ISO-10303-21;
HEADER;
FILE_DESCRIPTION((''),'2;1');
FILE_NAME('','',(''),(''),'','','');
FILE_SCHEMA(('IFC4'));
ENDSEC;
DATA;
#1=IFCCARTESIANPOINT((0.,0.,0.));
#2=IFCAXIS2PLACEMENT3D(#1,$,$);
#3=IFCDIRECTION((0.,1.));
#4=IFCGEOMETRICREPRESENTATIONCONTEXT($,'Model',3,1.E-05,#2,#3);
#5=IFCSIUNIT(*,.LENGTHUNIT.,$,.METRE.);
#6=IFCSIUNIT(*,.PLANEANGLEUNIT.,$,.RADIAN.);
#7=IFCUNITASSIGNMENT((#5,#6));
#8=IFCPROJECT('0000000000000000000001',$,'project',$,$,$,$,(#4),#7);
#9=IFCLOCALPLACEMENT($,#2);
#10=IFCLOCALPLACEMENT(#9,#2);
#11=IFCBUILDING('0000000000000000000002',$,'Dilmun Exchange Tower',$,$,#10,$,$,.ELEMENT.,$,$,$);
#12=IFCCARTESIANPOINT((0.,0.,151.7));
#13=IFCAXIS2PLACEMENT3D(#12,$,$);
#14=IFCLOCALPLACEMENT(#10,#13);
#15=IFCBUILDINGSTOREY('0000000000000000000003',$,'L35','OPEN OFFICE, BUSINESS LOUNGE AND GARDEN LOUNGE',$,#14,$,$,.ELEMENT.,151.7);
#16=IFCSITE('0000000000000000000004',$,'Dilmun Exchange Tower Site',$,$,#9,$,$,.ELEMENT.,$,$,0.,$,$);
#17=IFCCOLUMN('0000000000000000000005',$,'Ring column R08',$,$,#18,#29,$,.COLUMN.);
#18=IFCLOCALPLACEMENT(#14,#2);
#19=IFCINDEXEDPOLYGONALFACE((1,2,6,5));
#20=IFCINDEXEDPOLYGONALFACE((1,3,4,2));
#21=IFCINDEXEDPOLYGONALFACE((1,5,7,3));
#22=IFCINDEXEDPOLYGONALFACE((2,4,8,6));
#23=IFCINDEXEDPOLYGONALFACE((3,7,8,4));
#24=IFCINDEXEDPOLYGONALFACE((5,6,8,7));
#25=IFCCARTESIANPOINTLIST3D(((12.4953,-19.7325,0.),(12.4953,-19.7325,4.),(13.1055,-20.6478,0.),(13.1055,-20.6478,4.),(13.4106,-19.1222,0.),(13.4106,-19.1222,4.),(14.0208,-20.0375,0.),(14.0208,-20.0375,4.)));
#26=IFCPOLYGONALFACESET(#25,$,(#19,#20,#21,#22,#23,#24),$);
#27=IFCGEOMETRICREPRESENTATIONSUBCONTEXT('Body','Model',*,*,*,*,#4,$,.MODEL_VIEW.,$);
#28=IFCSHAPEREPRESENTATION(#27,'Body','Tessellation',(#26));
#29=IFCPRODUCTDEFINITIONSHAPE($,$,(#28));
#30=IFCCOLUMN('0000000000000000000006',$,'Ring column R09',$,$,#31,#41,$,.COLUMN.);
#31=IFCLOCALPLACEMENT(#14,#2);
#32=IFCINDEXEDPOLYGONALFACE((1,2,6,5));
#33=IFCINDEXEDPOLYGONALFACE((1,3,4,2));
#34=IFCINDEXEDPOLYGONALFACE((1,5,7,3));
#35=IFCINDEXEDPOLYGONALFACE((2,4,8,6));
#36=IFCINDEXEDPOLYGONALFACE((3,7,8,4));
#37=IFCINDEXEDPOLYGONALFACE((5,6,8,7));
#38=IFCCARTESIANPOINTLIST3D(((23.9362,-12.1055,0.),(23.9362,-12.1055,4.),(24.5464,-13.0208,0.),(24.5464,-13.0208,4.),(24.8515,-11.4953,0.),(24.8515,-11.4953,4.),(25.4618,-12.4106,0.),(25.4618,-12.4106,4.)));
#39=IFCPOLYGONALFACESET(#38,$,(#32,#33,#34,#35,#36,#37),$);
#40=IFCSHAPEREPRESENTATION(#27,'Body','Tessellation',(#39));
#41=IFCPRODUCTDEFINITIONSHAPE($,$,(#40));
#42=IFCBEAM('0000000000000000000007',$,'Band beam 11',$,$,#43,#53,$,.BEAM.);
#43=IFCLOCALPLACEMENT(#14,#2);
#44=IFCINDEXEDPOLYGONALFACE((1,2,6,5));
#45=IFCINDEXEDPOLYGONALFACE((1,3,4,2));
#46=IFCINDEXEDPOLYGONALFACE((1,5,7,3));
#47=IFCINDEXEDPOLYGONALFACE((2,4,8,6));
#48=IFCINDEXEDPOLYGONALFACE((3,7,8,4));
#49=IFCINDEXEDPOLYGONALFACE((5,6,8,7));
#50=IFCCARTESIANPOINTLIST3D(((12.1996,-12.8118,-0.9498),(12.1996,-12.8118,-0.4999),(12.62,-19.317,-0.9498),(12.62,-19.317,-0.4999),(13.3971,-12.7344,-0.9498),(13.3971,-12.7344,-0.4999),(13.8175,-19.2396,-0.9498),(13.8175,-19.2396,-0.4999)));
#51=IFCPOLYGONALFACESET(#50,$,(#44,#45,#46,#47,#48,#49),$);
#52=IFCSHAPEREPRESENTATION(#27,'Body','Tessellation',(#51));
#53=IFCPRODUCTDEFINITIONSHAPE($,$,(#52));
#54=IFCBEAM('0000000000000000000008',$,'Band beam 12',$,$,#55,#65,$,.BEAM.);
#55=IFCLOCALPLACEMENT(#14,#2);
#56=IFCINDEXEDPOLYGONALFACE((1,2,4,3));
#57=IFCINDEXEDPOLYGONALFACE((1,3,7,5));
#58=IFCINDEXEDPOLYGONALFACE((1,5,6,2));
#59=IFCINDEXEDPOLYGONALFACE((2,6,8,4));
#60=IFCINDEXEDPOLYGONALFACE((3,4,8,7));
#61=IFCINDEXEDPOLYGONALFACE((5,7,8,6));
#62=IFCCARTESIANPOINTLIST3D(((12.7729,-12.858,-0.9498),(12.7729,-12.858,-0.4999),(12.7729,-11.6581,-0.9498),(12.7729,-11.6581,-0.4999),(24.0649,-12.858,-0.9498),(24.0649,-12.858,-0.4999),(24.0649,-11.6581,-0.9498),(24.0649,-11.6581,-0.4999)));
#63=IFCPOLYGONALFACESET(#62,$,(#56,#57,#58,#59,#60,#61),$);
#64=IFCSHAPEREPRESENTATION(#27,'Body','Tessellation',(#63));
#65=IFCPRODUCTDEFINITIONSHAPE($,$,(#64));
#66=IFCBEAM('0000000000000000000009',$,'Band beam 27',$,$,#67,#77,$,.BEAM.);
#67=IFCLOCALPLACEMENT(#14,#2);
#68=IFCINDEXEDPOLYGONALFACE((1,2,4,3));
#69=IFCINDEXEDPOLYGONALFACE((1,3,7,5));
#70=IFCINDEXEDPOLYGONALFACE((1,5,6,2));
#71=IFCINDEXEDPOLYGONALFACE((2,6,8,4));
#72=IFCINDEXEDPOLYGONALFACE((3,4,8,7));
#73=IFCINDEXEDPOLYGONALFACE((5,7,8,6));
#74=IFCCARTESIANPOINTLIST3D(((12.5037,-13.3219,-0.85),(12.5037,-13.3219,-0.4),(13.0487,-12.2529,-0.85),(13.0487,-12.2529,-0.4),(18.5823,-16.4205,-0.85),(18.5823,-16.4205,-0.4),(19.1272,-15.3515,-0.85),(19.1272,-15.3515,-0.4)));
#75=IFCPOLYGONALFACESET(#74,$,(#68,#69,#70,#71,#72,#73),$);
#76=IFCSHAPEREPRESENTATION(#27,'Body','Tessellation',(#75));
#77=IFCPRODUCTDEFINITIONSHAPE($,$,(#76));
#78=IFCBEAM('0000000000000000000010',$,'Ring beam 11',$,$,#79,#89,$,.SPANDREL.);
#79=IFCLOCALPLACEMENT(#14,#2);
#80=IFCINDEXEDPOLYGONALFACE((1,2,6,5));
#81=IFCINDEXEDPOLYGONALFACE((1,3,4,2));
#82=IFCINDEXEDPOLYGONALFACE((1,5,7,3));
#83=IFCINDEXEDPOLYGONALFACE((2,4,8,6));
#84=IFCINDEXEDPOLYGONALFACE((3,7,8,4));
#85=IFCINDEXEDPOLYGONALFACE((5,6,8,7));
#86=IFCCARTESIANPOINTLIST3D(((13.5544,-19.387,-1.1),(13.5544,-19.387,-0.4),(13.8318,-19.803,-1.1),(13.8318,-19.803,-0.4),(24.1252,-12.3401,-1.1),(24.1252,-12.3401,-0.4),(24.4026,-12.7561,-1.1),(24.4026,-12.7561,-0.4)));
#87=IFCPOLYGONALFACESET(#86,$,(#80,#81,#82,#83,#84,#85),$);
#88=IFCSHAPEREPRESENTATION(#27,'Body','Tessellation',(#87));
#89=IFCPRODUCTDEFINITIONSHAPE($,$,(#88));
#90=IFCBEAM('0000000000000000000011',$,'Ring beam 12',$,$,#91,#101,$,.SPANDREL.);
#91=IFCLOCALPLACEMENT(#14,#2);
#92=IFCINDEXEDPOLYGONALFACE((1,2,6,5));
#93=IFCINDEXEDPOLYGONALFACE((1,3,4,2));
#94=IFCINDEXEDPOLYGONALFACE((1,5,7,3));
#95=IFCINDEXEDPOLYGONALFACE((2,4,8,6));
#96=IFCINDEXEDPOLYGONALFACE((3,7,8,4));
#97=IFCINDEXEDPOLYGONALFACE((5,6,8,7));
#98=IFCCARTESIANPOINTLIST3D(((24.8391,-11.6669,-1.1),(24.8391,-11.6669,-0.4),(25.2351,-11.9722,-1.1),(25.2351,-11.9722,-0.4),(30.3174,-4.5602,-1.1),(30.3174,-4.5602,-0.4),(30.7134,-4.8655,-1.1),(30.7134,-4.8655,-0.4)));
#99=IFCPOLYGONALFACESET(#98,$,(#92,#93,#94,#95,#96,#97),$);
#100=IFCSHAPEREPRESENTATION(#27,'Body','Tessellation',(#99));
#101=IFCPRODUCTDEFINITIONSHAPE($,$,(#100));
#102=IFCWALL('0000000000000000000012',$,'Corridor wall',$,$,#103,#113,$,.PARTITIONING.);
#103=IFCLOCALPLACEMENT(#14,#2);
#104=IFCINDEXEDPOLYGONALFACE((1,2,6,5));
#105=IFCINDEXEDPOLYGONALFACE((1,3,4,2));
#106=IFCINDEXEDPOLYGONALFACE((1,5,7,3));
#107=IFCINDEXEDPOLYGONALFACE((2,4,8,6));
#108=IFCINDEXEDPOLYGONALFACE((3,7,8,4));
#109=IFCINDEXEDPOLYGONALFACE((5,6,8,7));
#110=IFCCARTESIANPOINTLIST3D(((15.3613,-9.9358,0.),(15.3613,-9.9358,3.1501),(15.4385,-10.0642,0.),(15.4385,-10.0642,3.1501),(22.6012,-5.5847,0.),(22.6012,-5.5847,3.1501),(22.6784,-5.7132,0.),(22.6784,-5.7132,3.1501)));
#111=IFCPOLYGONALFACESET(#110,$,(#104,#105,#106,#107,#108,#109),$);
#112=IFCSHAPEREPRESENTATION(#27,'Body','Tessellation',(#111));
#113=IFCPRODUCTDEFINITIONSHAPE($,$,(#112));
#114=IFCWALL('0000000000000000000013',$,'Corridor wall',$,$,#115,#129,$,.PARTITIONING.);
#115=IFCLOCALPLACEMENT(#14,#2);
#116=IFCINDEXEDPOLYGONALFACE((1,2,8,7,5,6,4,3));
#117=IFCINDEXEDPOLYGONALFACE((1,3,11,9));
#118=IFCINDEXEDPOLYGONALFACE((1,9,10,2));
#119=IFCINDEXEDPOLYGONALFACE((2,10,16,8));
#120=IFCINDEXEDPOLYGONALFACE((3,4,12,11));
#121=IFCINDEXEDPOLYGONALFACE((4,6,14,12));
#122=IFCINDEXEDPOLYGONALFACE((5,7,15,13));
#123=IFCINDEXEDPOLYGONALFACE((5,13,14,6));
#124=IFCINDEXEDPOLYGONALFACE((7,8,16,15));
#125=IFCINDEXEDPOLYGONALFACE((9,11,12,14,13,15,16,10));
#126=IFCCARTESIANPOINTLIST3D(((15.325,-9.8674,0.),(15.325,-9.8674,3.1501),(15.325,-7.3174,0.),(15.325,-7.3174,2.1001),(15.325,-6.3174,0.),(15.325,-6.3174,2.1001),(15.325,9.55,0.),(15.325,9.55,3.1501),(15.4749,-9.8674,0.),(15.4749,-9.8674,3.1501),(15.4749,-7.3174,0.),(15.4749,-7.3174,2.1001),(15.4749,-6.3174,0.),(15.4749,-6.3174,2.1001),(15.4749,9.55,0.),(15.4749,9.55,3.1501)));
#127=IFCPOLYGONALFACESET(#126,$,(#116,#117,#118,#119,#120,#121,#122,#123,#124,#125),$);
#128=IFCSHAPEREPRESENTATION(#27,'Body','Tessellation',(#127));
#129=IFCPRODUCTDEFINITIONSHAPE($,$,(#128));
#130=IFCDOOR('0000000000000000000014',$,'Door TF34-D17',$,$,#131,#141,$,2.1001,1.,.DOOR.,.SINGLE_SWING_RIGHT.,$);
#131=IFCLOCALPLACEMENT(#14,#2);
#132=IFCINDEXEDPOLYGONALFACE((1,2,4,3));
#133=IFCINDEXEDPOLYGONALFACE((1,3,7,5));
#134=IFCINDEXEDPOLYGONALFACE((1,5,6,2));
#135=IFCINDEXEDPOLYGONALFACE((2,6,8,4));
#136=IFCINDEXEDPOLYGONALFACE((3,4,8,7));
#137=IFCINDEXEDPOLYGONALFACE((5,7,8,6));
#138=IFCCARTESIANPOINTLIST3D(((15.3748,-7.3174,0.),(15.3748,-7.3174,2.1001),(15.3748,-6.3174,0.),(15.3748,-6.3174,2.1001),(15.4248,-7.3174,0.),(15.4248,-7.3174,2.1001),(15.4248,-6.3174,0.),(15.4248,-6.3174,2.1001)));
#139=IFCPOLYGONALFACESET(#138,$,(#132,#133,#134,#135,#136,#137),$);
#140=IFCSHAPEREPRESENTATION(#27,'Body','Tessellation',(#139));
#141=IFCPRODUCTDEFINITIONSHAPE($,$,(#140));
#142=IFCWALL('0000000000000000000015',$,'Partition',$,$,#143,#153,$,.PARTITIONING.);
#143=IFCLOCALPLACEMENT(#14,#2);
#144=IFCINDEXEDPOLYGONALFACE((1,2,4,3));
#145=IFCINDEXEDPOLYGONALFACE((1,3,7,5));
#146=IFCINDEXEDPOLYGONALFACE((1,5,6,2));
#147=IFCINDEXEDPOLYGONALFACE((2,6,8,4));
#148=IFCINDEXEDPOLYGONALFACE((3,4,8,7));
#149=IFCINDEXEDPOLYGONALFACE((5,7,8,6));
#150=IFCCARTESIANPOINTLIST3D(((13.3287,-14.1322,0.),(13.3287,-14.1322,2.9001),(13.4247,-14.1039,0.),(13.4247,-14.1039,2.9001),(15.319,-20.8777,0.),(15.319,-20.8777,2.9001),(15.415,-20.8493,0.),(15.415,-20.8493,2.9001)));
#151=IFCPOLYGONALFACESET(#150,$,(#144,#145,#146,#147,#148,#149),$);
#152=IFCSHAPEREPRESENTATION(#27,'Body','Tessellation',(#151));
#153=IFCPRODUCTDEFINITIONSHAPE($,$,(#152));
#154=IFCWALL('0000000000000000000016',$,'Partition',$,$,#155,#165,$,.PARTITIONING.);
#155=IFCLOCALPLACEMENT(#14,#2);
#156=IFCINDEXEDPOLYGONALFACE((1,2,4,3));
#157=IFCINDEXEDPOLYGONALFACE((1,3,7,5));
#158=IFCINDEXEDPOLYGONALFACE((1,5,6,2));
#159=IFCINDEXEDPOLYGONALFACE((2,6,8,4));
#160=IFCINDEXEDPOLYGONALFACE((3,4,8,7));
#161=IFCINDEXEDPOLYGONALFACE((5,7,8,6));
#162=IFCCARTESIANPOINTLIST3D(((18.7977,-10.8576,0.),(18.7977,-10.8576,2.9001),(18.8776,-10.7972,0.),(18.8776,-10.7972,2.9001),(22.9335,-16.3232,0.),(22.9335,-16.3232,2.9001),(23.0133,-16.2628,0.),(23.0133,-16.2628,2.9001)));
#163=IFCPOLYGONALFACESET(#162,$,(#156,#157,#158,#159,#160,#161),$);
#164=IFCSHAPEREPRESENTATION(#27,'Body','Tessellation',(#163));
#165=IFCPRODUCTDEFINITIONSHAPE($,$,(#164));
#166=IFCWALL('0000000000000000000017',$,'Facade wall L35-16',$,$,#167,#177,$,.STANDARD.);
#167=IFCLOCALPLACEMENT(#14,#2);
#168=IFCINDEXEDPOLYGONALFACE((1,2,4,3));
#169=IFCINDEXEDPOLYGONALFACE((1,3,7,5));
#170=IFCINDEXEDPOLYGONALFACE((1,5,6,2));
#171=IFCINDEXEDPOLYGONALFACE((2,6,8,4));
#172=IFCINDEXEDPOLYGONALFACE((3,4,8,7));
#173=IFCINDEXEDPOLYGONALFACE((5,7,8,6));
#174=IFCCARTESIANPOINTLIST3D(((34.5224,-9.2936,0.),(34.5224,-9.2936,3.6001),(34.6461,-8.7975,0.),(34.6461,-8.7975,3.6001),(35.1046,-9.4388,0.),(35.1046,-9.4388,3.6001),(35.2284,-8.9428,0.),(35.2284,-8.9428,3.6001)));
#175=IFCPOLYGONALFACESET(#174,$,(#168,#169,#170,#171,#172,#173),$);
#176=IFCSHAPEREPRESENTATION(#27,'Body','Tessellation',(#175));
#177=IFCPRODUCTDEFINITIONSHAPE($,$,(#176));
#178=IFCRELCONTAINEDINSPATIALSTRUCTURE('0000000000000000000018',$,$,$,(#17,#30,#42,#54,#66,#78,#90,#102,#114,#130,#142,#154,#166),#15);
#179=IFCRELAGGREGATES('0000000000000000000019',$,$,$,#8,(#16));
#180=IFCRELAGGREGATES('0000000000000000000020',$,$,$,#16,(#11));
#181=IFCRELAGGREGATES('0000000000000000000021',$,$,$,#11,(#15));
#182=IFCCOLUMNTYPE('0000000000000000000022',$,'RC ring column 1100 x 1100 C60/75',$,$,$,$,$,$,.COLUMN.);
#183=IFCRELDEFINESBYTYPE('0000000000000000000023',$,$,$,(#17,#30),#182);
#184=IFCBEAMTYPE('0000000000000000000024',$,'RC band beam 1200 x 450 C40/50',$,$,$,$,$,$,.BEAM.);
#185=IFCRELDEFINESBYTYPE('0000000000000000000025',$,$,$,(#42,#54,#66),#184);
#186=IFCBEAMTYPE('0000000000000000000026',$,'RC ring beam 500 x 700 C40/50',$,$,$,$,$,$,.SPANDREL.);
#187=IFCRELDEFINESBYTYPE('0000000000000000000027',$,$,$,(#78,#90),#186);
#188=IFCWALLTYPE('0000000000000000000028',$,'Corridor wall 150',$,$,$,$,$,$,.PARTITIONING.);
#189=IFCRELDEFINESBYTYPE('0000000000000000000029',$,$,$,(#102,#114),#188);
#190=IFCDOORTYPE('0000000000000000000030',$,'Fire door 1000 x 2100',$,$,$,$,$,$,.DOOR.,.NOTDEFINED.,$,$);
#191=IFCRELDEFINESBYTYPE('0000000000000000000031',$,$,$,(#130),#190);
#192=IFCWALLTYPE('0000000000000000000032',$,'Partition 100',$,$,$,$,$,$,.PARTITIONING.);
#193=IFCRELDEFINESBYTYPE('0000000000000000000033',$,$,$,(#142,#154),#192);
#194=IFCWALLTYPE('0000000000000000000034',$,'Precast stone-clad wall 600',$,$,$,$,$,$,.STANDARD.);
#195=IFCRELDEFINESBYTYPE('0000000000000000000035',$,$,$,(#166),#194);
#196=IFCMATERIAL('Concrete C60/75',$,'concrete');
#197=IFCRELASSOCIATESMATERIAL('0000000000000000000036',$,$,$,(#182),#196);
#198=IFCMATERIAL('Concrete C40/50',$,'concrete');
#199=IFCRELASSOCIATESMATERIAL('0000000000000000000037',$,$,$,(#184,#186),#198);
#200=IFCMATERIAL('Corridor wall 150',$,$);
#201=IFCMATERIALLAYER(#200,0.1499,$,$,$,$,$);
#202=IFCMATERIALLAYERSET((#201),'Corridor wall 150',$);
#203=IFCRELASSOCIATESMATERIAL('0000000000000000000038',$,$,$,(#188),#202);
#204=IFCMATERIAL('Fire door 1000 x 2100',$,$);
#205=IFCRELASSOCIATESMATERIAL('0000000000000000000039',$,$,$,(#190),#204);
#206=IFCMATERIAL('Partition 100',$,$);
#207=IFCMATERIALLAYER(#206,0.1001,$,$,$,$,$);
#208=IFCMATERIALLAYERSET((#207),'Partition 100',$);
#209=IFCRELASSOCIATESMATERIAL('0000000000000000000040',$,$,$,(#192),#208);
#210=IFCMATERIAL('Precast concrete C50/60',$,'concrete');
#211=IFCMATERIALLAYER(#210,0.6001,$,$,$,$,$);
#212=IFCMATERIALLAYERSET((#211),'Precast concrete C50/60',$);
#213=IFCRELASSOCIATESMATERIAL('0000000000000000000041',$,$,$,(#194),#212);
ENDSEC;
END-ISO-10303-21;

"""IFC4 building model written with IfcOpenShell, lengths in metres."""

from ifc_helpers import new_model, si_unit, direction, frame, frame_2d, origin, origin_2d, place, context, subcontext, project, spatial, rectangle, extrude, material, layer, layer_set, material_profile, profile_set, type_object, element, fill, save


model = new_model("IFC4")

# Units and contexts
model_context = context("Model", 3, precision=1e-05, world=origin(), true_north=direction((0.0, 1.0)))
body_context = subcontext(model_context, "Body", "Model", "MODEL_VIEW")
ifc_project = project(units=[si_unit("LENGTHUNIT", "METRE"), si_unit("PLANEANGLEUNIT", "RADIAN")], contexts=[model_context])

# Site, building, storey
site_placement = place(None, origin())
site = spatial("IfcSite", under=ifc_project, at=site_placement, Name="Dilmun Exchange Tower Site", CompositionType="ELEMENT", RefElevation=0.0)
building_placement = place(site_placement, origin())
building = spatial("IfcBuilding", under=site, at=building_placement, Name="Dilmun Exchange Tower", CompositionType="ELEMENT")
storey_placement = place(building_placement, frame((0.0, 0.0, 151.7)))
storey = spatial("IfcBuildingStorey", under=building, at=storey_placement, Name="L35", Description="OPEN OFFICE, BUSINESS LOUNGE AND GARDEN LOUNGE", CompositionType="ELEMENT", Elevation=151.7)

# Columns
ifc_material_1 = material(Name="Concrete C60/75", Category="concrete")
ifc_material_profile_1 = material_profile(ifc_material_1, rectangle(XDim=1.1001, YDim=1.1001, at=origin_2d()), Name="1100 x 1100")
ifc_profile_set_1 = profile_set([ifc_material_profile_1], Name="Concrete C60/75")
column_type = type_object("IfcColumnType", Name="RC ring column 1100 x 1100 C60/75", PredefinedType="COLUMN", material=ifc_profile_set_1)
for number, where, z_axis, x_axis, name in (
    (1, (13.2581, -19.885, 0.0), (0.0, 0.0, 1.0), (0.832029, 0.554733, 0.0), "Ring column R08"),
    (2, (24.699, -12.2581, 0.0), (0.0, 0.0, 1.0), (0.832029, 0.554733, 0.0), "Ring column R09"),
):
    element("IfcColumn", number, at=place(storey_placement, frame(where, z_axis=z_axis, x_axis=x_axis)), inside=storey, type_object=column_type, Name=name, PredefinedType="COLUMN", context=body_context, shape_type="SweptSolid", body=[
        extrude(rectangle(XDim=1.1001, YDim=1.1001, at=origin_2d()), origin(), (0.0, 0.0, 1.0), 4.0),
    ])

# Beams
ifc_material_2 = material(Name="Concrete C40/50", Category="concrete")
ifc_material_profile_2 = material_profile(ifc_material_2, rectangle(XDim=1.2, YDim=0.45, at=origin_2d()), Name="1200 x 450")
ifc_profile_set_2 = profile_set([ifc_material_profile_2], Name="Concrete C40/50")
beam_type_1 = type_object("IfcBeamType", Name="RC band beam 1200 x 450 C40/50", PredefinedType="BEAM", material=ifc_profile_set_2)
beam_1_placement = place(storey_placement, frame((13.2188, -19.2783, -0.7249), z_axis=(-0.064493, 0.997918, 0.0), x_axis=(-0.997918, -0.064493, 0.0)))
element("IfcBeam", 3, at=beam_1_placement, inside=storey, type_object=beam_type_1, Name="Band beam 11", PredefinedType="BEAM", context=body_context, shape_type="SweptSolid", body=[
    extrude(rectangle(XDim=1.2, YDim=0.45, at=origin_2d()), origin(), (0.0, 0.0, 1.0), 6.5188),
])
beam_2_placement = place(storey_placement, frame((24.0649, -12.2581, -0.7249), z_axis=(-1.0, 0.0, 0.0), x_axis=(0.0, -1.0, 0.0)))
element("IfcBeam", 4, at=beam_2_placement, inside=storey, type_object=beam_type_1, Name="Band beam 12", PredefinedType="BEAM", context=body_context, shape_type="SweptSolid", body=[
    extrude(rectangle(XDim=1.2, YDim=0.45, at=origin_2d()), origin(), (0.0, 0.0, 1.0), 11.292),
])
beam_3_placement = place(storey_placement, frame((18.8547, -15.886, -0.625), z_axis=(-0.890922, 0.454156, 0.0), x_axis=(-0.454156, -0.890922, 0.0)))
element("IfcBeam", 5, at=beam_3_placement, inside=storey, type_object=beam_type_1, Name="Band beam 27", PredefinedType="BEAM", context=body_context, shape_type="SweptSolid", body=[
    extrude(rectangle(XDim=1.2, YDim=0.45, at=origin_2d()), origin(), (0.0, 0.0, 1.0), 6.8228),
])
ifc_material_profile_3 = material_profile(ifc_material_2, rectangle(XDim=0.5, YDim=0.7, at=origin_2d()), Name="500 x 700")
ifc_profile_set_3 = profile_set([ifc_material_profile_3], Name="Concrete C40/50")
beam_type_2 = type_object("IfcBeamType", Name="RC ring beam 500 x 700 C40/50", PredefinedType="SPANDREL", material=ifc_profile_set_3)
beam_4_placement = place(storey_placement, frame((13.6931, -19.595, -0.75), z_axis=(0.832062, 0.554682, 0.0), x_axis=(-0.554682, 0.832062, 0.0)))
element("IfcBeam", 6, at=beam_4_placement, inside=storey, type_object=beam_type_2, Name="Ring beam 11", PredefinedType="SPANDREL", context=body_context, shape_type="SweptSolid", body=[
    extrude(rectangle(XDim=0.5, YDim=0.7, at=origin_2d()), origin(), (0.0, 0.0, 1.0), 12.7043),
])
beam_5_placement = place(storey_placement, frame((25.0371, -11.8196, -0.75), z_axis=(0.610522, 0.792, 0.0), x_axis=(-0.792, 0.610522, 0.0)))
element("IfcBeam", 7, at=beam_5_placement, inside=storey, type_object=beam_type_2, Name="Ring beam 12", PredefinedType="SPANDREL", context=body_context, shape_type="SweptSolid", body=[
    extrude(rectangle(XDim=0.5, YDim=0.7, at=origin_2d()), origin(), (0.0, 0.0, 1.0), 8.9731),
])

# Wall
ifc_material_3 = material(Name="Corridor wall 150")
ifc_layer_1 = layer(ifc_material_3, 0.1499)
ifc_layer_set_1 = layer_set([ifc_layer_1], Name="Corridor wall 150")
wall_type_1 = type_object("IfcWallType", Name="Corridor wall 150", PredefinedType="PARTITIONING", material=ifc_layer_set_1)
wall_1_placement = place(storey_placement, frame((15.3999, -10.0, 0.0), z_axis=(0.0, 0.0, 1.0), x_axis=(0.857123, 0.515112, 0.0)))
element("IfcWall", 8, at=wall_1_placement, inside=storey, type_object=wall_type_1, Name="Corridor wall", PredefinedType="PARTITIONING", context=body_context, shape_type="SweptSolid", body=[
    extrude(rectangle(XDim=8.4468, YDim=0.1499, at=frame_2d((4.2234, 0.0))), origin(), (0.0, 0.0, 1.0), 3.1501),
])

# Wall, opening, door
wall_2_placement = place(storey_placement, frame((15.3999, -9.8674, 0.0), z_axis=(0.0, 0.0, 1.0), x_axis=(0.0, 1.0, 0.0)))
wall_2 = element("IfcWall", 9, at=wall_2_placement, inside=storey, type_object=wall_type_1, Name="Corridor wall", PredefinedType="PARTITIONING", context=body_context, shape_type="SweptSolid", body=[
    extrude(rectangle(XDim=19.4175, YDim=0.1499, at=frame_2d((9.7087, 0.0))), origin(), (0.0, 0.0, 1.0), 3.1501),
])
opening_1_placement = place(wall_2_placement, frame((2.55, 0.0, 0.0)))
opening_1 = element("IfcOpeningElement", 10, at=opening_1_placement, cuts=wall_2, PredefinedType="OPENING", context=body_context, shape_type="SweptSolid", body=[
    extrude(rectangle(XDim=1.0, YDim=2.1001, at=frame_2d((0.5, 1.05))), frame((0.0, 0.085, 0.0), z_axis=(0.0, -1.0, 0.0), x_axis=(1.0, 0.0, 0.0)), (0.0, 0.0, 1.0), 0.1699),
])
ifc_material_4 = material(Name="Fire door 1000 x 2100")
door_type_1 = type_object("IfcDoorType", Name="Fire door 1000 x 2100", OperationType="NOTDEFINED", PredefinedType="DOOR", material=ifc_material_4)
door_1_placement = place(opening_1_placement, frame((1.0, 0.0, 0.0), z_axis=(0.0, 0.0, 1.0), x_axis=(-1.0, 0.0, 0.0)))
door_1 = element("IfcDoor", 11, at=door_1_placement, inside=storey, type_object=door_type_1, Name="Door TF34-D17", OperationType="SINGLE_SWING_RIGHT", OverallHeight=2.1001, OverallWidth=1.0, PredefinedType="DOOR", context=body_context, shape_type="SweptSolid", body=[
    extrude(rectangle(XDim=1.0, YDim=2.1001, at=frame_2d((0.5, 1.05))), frame((0.0, 0.0249, 0.0), z_axis=(0.0, -1.0, 0.0), x_axis=(1.0, 0.0, 0.0)), (0.0, 0.0, 1.0), 0.05),
])
fill(opening_1, door_1)

# Walls
ifc_material_5 = material(Name="Partition 100")
ifc_layer_2 = layer(ifc_material_5, 0.1001)
ifc_layer_set_2 = layer_set([ifc_layer_2], Name="Partition 100")
wall_type_2 = type_object("IfcWallType", Name="Partition 100", PredefinedType="PARTITIONING", material=ifc_layer_set_2)
wall_3_placement = place(storey_placement, frame((13.3767, -14.1179, 0.0), z_axis=(0.0, 0.0, 1.0), x_axis=(0.282991, -0.959122, 0.0)))
element("IfcWall", 12, at=wall_3_placement, inside=storey, type_object=wall_type_2, Name="Partition", PredefinedType="PARTITIONING", context=body_context, shape_type="SweptSolid", body=[
    extrude(rectangle(XDim=7.033, YDim=0.1001, at=frame_2d((3.5166, 0.0))), origin(), (0.0, 0.0, 1.0), 2.9001),
])
wall_4_placement = place(storey_placement, frame((18.8376, -10.8274, 0.0), z_axis=(0.0, 0.0, 1.0), x_axis=(0.603408, -0.797432, 0.0)))
element("IfcWall", 13, at=wall_4_placement, inside=storey, type_object=wall_type_2, Name="Partition", PredefinedType="PARTITIONING", context=body_context, shape_type="SweptSolid", body=[
    extrude(rectangle(XDim=6.854, YDim=0.1001, at=frame_2d((3.427, 0.0))), origin(), (0.0, 0.0, 1.0), 2.9001),
])
ifc_material_6 = material(Name="Precast concrete C50/60", Category="concrete")
ifc_layer_3 = layer(ifc_material_6, 0.6001)
ifc_layer_set_3 = layer_set([ifc_layer_3], Name="Precast concrete C50/60")
wall_type_3 = type_object("IfcWallType", Name="Precast stone-clad wall 600", PredefinedType="STANDARD", material=ifc_layer_set_3)
wall_5_placement = place(storey_placement, frame((34.8135, -9.3662, 0.0), z_axis=(0.0, 0.0, 1.0), x_axis=(0.242086, 0.970255, 0.0)))
element("IfcWall", 14, at=wall_5_placement, inside=storey, type_object=wall_type_3, Name="Facade wall L35-16", PredefinedType="STANDARD", context=body_context, shape_type="SweptSolid", body=[
    extrude(rectangle(XDim=0.5112, YDim=0.6001, at=frame_2d((0.2556, 0.0))), origin(), (0.0, 0.0, 1.0), 3.6001),
])

save(model, "model.ifc")
